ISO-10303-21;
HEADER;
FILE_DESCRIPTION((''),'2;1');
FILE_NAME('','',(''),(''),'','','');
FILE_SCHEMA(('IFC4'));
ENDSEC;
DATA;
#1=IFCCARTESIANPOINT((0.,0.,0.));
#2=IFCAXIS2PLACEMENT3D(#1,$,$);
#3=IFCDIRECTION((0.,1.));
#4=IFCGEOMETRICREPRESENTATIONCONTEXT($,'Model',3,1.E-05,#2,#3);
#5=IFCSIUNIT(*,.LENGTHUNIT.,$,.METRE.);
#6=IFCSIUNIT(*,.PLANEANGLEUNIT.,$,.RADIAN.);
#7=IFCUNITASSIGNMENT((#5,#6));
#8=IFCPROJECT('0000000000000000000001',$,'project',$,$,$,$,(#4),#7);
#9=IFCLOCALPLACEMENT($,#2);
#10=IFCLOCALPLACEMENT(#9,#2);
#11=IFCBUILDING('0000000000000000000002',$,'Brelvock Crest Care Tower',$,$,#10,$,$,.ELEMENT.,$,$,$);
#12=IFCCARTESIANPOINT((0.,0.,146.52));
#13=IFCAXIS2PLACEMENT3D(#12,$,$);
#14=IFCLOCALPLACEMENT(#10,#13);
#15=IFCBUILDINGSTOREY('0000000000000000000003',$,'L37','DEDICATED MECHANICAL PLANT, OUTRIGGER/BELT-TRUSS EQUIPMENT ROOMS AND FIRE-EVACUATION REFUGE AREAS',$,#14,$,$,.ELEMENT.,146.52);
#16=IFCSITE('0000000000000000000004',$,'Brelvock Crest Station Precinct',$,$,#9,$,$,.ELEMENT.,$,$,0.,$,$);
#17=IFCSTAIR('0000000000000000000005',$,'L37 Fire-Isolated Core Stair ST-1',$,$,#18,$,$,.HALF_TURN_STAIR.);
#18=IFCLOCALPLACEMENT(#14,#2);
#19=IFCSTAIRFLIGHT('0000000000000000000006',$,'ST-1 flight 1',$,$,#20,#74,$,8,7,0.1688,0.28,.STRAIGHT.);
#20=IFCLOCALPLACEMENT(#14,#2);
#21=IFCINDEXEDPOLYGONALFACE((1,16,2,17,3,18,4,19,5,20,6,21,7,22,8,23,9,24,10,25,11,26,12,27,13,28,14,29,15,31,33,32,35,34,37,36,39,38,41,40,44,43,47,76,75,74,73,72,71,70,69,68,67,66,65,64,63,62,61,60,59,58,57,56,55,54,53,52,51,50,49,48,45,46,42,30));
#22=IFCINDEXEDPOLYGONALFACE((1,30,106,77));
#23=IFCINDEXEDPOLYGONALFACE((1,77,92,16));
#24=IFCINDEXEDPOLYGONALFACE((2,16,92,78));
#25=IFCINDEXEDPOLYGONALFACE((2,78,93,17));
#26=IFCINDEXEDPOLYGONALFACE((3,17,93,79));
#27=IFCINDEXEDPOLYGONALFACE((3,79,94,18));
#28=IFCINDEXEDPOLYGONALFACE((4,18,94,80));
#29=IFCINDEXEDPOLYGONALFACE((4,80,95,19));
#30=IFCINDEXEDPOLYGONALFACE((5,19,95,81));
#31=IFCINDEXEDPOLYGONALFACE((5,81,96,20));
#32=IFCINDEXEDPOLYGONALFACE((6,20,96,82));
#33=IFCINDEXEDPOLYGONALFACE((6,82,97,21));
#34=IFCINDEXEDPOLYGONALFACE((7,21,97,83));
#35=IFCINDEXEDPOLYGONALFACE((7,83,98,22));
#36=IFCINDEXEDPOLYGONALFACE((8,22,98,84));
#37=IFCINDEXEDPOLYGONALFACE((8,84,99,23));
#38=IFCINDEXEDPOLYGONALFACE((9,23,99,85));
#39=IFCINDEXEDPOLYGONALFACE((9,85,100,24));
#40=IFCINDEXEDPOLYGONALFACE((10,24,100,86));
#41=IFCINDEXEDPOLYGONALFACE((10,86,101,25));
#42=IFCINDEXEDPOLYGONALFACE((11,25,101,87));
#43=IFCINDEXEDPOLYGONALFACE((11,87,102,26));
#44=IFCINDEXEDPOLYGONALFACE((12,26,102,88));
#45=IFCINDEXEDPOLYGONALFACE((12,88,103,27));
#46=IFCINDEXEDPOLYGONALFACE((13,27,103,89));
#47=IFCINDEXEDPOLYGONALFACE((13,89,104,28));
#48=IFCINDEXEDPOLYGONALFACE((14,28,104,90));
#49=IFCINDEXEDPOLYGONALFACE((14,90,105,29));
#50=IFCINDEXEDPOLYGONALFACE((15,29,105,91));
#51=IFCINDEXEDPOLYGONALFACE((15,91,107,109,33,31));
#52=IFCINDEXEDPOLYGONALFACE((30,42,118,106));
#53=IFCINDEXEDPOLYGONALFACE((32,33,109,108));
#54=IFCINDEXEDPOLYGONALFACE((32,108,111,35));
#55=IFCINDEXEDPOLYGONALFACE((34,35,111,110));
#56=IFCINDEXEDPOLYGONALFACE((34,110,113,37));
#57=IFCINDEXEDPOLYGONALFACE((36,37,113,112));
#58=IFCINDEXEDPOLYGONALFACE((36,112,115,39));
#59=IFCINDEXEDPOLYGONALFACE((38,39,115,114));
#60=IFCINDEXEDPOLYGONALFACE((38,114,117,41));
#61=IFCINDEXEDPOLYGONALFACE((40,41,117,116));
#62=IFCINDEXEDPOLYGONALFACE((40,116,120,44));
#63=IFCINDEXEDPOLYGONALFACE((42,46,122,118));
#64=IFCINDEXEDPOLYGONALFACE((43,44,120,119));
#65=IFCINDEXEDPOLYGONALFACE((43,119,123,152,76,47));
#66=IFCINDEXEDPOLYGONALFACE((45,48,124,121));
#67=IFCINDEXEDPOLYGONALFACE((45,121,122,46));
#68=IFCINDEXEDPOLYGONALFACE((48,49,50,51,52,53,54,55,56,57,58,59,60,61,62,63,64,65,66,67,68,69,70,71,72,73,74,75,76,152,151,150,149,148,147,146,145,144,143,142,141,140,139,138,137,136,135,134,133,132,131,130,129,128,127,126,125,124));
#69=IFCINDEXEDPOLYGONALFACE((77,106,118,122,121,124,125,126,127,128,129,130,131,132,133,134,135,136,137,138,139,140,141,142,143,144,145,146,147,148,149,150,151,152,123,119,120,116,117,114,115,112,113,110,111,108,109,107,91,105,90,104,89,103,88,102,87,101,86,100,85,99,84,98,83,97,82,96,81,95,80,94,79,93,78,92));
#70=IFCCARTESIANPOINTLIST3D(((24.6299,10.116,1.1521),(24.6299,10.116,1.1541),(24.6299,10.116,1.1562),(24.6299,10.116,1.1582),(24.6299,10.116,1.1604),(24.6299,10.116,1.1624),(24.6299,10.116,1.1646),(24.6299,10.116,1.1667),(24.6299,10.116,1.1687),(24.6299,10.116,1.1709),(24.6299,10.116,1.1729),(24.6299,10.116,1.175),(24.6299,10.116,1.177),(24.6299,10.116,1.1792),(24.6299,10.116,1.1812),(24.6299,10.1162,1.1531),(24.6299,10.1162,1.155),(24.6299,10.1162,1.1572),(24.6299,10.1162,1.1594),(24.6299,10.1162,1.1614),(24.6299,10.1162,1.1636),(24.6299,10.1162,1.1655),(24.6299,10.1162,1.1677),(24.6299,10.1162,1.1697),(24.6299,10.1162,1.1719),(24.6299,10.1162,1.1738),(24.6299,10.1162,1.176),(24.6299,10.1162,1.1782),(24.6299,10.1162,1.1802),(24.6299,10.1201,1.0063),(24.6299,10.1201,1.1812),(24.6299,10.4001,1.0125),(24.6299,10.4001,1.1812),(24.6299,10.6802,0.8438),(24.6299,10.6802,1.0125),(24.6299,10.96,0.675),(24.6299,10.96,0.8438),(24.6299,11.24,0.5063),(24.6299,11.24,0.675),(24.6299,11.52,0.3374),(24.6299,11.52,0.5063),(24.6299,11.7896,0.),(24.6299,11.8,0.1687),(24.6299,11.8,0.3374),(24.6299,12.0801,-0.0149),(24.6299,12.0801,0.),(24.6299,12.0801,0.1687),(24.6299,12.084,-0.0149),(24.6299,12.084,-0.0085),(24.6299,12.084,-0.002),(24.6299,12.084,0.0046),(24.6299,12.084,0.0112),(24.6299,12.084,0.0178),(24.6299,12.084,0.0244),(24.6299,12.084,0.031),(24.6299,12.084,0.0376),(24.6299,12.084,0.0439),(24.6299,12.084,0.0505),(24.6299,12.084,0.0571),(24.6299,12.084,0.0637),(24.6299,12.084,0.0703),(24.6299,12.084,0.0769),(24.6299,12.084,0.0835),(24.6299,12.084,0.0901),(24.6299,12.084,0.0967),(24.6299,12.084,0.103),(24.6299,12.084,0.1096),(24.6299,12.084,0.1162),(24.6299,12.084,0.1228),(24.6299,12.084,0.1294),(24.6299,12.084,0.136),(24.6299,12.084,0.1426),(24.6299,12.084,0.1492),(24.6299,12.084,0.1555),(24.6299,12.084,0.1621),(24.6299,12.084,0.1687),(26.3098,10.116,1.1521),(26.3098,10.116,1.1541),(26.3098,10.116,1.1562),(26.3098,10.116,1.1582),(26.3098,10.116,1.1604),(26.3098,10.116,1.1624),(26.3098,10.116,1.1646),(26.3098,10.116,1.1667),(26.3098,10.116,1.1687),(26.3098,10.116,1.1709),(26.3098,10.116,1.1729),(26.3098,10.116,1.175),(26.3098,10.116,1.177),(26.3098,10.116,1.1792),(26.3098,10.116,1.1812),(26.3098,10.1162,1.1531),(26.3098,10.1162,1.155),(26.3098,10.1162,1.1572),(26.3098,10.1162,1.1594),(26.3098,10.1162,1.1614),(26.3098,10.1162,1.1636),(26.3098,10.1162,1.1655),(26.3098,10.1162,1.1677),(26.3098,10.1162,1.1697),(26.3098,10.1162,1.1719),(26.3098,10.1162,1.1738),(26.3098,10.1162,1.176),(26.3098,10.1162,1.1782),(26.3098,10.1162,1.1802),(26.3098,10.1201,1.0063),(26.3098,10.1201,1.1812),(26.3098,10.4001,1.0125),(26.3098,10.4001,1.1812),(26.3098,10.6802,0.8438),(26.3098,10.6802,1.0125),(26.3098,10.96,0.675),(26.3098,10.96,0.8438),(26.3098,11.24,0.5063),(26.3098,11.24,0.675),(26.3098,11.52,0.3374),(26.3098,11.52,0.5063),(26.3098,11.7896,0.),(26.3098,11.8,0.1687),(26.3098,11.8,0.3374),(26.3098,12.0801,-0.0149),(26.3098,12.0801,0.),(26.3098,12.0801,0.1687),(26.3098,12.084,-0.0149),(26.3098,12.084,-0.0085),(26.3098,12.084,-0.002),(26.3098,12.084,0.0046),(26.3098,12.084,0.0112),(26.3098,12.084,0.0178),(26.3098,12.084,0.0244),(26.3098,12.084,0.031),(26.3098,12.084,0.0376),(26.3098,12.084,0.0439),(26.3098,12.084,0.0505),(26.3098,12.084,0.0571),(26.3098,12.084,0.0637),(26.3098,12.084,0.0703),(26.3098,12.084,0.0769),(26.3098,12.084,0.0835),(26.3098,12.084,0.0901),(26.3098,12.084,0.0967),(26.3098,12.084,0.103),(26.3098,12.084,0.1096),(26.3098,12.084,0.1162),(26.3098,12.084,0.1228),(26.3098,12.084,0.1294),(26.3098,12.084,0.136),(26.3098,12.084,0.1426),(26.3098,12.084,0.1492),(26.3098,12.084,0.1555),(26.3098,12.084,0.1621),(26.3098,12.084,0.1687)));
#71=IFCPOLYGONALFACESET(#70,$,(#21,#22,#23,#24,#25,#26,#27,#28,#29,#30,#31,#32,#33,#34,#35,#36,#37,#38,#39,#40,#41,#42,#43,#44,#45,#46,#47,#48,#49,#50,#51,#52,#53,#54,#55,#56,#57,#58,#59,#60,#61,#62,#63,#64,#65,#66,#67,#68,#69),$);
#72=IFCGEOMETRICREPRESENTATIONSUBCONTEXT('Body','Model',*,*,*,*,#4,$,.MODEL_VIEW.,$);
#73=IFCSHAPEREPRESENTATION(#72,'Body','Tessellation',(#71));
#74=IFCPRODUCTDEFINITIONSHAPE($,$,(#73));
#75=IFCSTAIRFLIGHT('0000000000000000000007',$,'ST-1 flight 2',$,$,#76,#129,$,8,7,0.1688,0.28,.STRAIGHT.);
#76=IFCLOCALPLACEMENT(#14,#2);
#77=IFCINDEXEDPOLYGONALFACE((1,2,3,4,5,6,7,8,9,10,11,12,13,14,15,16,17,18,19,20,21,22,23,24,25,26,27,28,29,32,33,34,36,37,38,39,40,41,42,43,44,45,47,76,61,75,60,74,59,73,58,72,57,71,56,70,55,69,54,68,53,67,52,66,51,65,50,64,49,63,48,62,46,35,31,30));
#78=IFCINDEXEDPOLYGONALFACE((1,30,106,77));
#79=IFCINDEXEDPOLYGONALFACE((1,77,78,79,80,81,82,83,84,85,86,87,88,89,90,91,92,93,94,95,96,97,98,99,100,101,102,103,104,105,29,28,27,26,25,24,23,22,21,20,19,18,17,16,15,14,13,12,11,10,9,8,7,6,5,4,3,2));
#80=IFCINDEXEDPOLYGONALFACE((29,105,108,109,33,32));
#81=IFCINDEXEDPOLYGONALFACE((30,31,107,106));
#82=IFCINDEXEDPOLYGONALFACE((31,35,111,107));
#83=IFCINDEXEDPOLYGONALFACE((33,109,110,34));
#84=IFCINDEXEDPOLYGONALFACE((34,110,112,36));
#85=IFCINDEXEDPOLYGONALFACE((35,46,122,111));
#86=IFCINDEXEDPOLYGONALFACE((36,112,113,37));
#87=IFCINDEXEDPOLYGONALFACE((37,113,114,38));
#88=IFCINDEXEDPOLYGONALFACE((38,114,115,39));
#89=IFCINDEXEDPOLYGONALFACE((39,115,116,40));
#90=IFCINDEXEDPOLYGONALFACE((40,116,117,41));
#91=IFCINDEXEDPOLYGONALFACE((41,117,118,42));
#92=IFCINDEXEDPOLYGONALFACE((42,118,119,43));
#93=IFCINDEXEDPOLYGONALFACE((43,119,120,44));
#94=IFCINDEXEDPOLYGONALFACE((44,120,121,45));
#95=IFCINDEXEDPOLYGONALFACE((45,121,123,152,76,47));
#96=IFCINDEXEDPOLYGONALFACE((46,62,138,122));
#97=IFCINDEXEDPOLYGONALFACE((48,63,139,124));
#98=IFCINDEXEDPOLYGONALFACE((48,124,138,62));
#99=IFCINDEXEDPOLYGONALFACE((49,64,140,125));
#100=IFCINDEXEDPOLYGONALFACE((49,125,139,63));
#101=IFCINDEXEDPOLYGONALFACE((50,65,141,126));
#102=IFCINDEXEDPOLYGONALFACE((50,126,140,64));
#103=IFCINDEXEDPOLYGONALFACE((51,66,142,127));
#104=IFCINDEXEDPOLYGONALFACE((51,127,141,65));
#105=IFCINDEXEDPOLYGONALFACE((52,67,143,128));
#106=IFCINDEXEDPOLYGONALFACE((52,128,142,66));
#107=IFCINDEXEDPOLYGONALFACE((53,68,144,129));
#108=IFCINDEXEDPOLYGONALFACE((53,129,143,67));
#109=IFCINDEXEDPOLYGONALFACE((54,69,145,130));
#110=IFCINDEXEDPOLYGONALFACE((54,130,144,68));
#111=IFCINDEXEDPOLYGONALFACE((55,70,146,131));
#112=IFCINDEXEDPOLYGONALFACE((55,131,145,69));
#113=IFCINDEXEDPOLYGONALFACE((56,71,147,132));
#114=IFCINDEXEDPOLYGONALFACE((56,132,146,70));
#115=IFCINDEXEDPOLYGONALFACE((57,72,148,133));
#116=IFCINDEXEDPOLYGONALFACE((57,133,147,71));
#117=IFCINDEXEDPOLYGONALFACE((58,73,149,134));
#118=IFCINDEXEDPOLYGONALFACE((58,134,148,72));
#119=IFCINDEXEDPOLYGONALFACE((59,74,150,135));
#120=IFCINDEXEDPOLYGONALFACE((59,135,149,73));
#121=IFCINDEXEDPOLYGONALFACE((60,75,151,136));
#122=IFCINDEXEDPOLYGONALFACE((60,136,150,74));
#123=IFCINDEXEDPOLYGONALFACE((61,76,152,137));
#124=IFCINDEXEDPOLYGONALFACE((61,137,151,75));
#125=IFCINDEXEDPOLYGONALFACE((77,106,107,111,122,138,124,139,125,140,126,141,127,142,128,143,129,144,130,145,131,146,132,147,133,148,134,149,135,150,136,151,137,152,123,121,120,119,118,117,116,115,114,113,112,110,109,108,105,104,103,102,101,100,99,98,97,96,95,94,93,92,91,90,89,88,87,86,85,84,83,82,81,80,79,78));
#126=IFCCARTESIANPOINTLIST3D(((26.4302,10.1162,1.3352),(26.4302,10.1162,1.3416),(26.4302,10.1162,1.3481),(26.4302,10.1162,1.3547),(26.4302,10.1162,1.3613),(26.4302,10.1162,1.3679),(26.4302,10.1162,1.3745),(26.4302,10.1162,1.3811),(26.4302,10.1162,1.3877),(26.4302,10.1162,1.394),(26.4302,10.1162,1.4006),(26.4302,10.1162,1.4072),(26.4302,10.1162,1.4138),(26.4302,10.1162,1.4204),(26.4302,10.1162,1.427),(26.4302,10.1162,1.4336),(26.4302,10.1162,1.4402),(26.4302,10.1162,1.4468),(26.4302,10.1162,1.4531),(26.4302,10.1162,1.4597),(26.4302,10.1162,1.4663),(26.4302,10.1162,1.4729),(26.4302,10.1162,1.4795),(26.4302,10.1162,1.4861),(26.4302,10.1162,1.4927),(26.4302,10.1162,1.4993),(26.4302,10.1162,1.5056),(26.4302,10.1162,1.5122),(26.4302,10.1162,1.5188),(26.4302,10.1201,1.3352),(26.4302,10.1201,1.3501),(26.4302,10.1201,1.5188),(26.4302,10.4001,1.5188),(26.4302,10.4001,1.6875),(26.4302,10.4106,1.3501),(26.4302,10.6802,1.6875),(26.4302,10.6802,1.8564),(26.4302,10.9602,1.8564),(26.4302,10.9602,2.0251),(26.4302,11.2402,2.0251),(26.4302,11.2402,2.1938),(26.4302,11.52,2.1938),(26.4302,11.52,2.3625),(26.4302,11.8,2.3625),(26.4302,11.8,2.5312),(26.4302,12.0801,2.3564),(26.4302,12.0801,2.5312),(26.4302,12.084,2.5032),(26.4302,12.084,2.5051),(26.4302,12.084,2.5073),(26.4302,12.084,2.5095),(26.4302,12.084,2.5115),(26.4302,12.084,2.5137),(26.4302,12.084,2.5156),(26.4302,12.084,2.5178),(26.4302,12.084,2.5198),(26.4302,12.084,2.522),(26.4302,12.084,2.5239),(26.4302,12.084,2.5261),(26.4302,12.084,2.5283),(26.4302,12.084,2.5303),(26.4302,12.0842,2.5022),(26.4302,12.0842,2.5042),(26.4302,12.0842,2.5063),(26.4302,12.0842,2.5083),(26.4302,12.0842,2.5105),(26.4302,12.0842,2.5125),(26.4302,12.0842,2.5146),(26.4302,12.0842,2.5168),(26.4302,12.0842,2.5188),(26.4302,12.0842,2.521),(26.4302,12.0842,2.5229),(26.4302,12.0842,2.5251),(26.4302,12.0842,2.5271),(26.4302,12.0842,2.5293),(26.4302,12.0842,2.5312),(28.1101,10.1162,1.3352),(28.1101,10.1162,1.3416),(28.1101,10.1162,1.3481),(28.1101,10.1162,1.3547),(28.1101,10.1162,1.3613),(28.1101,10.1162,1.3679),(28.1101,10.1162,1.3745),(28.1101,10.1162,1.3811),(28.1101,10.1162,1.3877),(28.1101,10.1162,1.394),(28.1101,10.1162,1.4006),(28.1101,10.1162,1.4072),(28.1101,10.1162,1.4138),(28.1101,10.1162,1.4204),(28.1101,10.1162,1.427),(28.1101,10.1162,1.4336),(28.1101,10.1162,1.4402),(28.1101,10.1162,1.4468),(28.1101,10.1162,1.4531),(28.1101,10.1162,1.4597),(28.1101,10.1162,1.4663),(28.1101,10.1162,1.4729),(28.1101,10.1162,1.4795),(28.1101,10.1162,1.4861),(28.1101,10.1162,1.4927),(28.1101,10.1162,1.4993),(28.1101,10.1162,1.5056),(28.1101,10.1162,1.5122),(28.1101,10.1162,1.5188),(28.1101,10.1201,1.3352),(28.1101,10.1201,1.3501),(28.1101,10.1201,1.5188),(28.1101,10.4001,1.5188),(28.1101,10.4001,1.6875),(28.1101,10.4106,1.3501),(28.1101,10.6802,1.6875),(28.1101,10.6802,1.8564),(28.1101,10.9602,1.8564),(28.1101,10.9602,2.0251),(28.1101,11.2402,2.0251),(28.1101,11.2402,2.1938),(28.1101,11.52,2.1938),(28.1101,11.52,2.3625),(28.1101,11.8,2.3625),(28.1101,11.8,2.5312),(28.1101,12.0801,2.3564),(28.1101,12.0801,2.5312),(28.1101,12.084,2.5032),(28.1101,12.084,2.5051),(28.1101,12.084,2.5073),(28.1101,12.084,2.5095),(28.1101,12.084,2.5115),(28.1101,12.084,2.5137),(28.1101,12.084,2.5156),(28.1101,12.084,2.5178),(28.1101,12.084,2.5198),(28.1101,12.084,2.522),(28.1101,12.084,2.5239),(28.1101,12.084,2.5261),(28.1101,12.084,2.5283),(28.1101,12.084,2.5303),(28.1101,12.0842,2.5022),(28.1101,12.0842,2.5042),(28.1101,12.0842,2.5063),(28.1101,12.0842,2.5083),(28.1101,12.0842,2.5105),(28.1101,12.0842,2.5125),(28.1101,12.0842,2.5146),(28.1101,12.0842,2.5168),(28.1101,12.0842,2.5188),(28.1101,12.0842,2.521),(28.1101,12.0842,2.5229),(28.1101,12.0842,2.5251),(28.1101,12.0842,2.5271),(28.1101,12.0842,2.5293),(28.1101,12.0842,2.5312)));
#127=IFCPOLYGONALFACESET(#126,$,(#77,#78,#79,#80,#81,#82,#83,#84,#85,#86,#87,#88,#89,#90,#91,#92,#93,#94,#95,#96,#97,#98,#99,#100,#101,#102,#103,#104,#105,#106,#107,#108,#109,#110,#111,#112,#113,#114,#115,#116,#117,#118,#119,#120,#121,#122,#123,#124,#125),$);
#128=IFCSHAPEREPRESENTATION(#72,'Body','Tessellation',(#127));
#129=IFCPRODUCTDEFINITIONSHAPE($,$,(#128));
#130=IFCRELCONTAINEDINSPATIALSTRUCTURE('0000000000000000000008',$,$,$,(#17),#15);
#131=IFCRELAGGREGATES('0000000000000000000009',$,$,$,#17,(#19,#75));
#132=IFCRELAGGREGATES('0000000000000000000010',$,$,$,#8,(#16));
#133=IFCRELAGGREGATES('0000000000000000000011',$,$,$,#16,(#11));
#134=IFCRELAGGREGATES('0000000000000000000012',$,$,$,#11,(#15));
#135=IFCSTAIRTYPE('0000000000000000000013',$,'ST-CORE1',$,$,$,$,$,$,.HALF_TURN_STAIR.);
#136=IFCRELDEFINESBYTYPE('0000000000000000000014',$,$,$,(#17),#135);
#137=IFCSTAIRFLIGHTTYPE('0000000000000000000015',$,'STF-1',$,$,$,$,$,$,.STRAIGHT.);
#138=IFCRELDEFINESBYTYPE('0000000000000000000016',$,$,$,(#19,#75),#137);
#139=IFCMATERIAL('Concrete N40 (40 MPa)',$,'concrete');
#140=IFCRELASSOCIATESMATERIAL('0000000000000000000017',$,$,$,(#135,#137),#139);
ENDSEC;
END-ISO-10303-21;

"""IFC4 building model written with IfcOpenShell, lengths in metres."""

from ifc_helpers import new_model, si_unit, direction, frame, origin, place, context, subcontext, project, spatial, polyline, outline, extrude, material, type_object, element, aggregate, save


model = new_model("IFC4")

# Units and contexts
model_context = context("Model", 3, precision=1e-05, world=origin(), true_north=direction((0.0, 1.0)))
body_context = subcontext(model_context, "Body", "Model", "MODEL_VIEW")
ifc_project = project(units=[si_unit("LENGTHUNIT", "METRE"), si_unit("PLANEANGLEUNIT", "RADIAN")], contexts=[model_context])

# Site, building, storey
site_placement = place(None, origin())
site = spatial("IfcSite", under=ifc_project, at=site_placement, Name="Brelvock Crest Station Precinct", CompositionType="ELEMENT", RefElevation=0.0)
building_placement = place(site_placement, origin())
building = spatial("IfcBuilding", under=site, at=building_placement, Name="Brelvock Crest Care Tower", CompositionType="ELEMENT")
storey_placement = place(building_placement, frame((0.0, 0.0, 146.52)))
storey = spatial("IfcBuildingStorey", under=building, at=storey_placement, Name="L37", Description="DEDICATED MECHANICAL PLANT, OUTRIGGER/BELT-TRUSS EQUIPMENT ROOMS AND FIRE-EVACUATION REFUGE AREAS", CompositionType="ELEMENT", Elevation=146.52)

# Stair, stair flights
ifc_material_1 = material(Name="Concrete N40 (40 MPa)", Category="concrete")
stair_type = type_object("IfcStairType", Name="ST-CORE1", PredefinedType="HALF_TURN_STAIR", material=ifc_material_1)
stair_placement = place(storey_placement, origin())
stair = element("IfcStair", 1, at=stair_placement, inside=storey, type_object=stair_type, Name="L37 Fire-Isolated Core Stair ST-1", PredefinedType="HALF_TURN_STAIR")
stair_flight_type = type_object("IfcStairFlightType", Name="STF-1", PredefinedType="STRAIGHT", material=ifc_material_1)
stair_flight_1_placement = place(storey_placement, frame((25.47, 12.0801, 0.0), z_axis=(0.0, 0.0, 1.0), x_axis=(0.0, -1.0, 0.0)))
stair_flight_1 = element("IfcStairFlight", 2, at=stair_flight_1_placement, type_object=stair_flight_type, Name="ST-1 flight 1", NumberOfRisers=8, NumberOfTreads=7, PredefinedType="STRAIGHT", RiserHeight=0.1688, TreadLength=0.28, context=body_context, shape_type="SweptSolid", body=[
    extrude(outline(polyline([(-0.0039, -0.0149), (-0.0039, -0.0085), (-0.0039, -0.002), (-0.0039, 0.0046), (-0.0039, 0.0112), (-0.0039, 0.0178), (-0.0039, 0.0244), (-0.0039, 0.031), (-0.0039, 0.0376), (-0.0039, 0.0439), (-0.0039, 0.0505), (-0.0039, 0.0571), (-0.0039, 0.0637), (-0.0039, 0.0703), (-0.0039, 0.0769), (-0.0039, 0.0835), (-0.0039, 0.0901), (-0.0039, 0.0967), (-0.0039, 0.103), (-0.0039, 0.1096), (-0.0039, 0.1162), (-0.0039, 0.1228), (-0.0039, 0.1294), (-0.0039, 0.136), (-0.0039, 0.1426), (-0.0039, 0.1492), (-0.0039, 0.1555), (-0.0039, 0.1621), (-0.0039, 0.1687), (0.0, 0.1687), (0.28, 0.1687), (0.28, 0.3374), (0.5601, 0.3374), (0.5601, 0.5063), (0.8401, 0.5063), (0.8401, 0.675), (1.1201, 0.675), (1.1201, 0.8438), (1.3999, 0.8438), (1.3999, 1.0125), (1.6799, 1.0125), (1.6799, 1.1812), (1.96, 1.1812), (1.9641, 1.1812), (1.9639, 1.1802), (1.9641, 1.1792), (1.9639, 1.1782), (1.9641, 1.177), (1.9639, 1.176), (1.9641, 1.175), (1.9639, 1.1738), (1.9641, 1.1729), (1.9639, 1.1719), (1.9641, 1.1709), (1.9639, 1.1697), (1.9641, 1.1687), (1.9639, 1.1677), (1.9641, 1.1667), (1.9639, 1.1655), (1.9641, 1.1646), (1.9639, 1.1636), (1.9641, 1.1624), (1.9639, 1.1614), (1.9641, 1.1604), (1.9639, 1.1594), (1.9641, 1.1582), (1.9639, 1.1572), (1.9641, 1.1562), (1.9639, 1.155), (1.9641, 1.1541), (1.9639, 1.1531), (1.9641, 1.1521), (1.96, 1.0063), (0.2905, 0.0), (0.0, 0.0), (0.0, -0.0149), (-0.0039, -0.0149)])), frame((0.0, 0.8398, 0.0), z_axis=(0.0, -1.0, 0.0), x_axis=(1.0, 0.0, 0.0)), (0.0, 0.0, 1.0), 1.6799),
])
stair_flight_2_placement = place(storey_placement, frame((27.27, 10.1201, 1.3501), z_axis=(0.0, 0.0, 1.0), x_axis=(0.0, 1.0, 0.0)))
stair_flight_2 = element("IfcStairFlight", 3, at=stair_flight_2_placement, type_object=stair_flight_type, Name="ST-1 flight 2", NumberOfRisers=8, NumberOfTreads=7, PredefinedType="STRAIGHT", RiserHeight=0.1688, TreadLength=0.28, context=body_context, shape_type="SweptSolid", body=[
    extrude(outline(polyline([(-0.0039, -0.0149), (-0.0039, -0.0085), (-0.0039, -0.002), (-0.0039, 0.0046), (-0.0039, 0.0112), (-0.0039, 0.0178), (-0.0039, 0.0244), (-0.0039, 0.031), (-0.0039, 0.0376), (-0.0039, 0.0439), (-0.0039, 0.0505), (-0.0039, 0.0571), (-0.0039, 0.0637), (-0.0039, 0.0703), (-0.0039, 0.0769), (-0.0039, 0.0835), (-0.0039, 0.0901), (-0.0039, 0.0967), (-0.0039, 0.103), (-0.0039, 0.1096), (-0.0039, 0.1162), (-0.0039, 0.1228), (-0.0039, 0.1294), (-0.0039, 0.136), (-0.0039, 0.1426), (-0.0039, 0.1492), (-0.0039, 0.1555), (-0.0039, 0.1621), (-0.0039, 0.1687), (0.0, 0.1687), (0.28, 0.1687), (0.28, 0.3374), (0.5601, 0.3374), (0.5601, 0.5063), (0.8401, 0.5063), (0.8401, 0.675), (1.1201, 0.675), (1.1201, 0.8438), (1.3999, 0.8438), (1.3999, 1.0125), (1.6799, 1.0125), (1.6799, 1.1812), (1.96, 1.1812), (1.9641, 1.1812), (1.9639, 1.1802), (1.9641, 1.1792), (1.9639, 1.1782), (1.9641, 1.177), (1.9639, 1.176), (1.9641, 1.175), (1.9639, 1.1738), (1.9641, 1.1729), (1.9639, 1.1719), (1.9641, 1.1709), (1.9639, 1.1697), (1.9641, 1.1687), (1.9639, 1.1677), (1.9641, 1.1667), (1.9639, 1.1655), (1.9641, 1.1646), (1.9639, 1.1636), (1.9641, 1.1624), (1.9639, 1.1614), (1.9641, 1.1604), (1.9639, 1.1594), (1.9641, 1.1582), (1.9639, 1.1572), (1.9641, 1.1562), (1.9639, 1.155), (1.9641, 1.1541), (1.9639, 1.1531), (1.9641, 1.1521), (1.96, 1.0063), (0.2905, 0.0), (0.0, 0.0), (0.0, -0.0149), (-0.0039, -0.0149)])), frame((0.0, 0.8398, 0.0), z_axis=(0.0, -1.0, 0.0), x_axis=(1.0, 0.0, 0.0)), (0.0, 0.0, 1.0), 1.6799),
])
aggregate(stair, [stair_flight_1, stair_flight_2])

save(model, "model.ifc")
